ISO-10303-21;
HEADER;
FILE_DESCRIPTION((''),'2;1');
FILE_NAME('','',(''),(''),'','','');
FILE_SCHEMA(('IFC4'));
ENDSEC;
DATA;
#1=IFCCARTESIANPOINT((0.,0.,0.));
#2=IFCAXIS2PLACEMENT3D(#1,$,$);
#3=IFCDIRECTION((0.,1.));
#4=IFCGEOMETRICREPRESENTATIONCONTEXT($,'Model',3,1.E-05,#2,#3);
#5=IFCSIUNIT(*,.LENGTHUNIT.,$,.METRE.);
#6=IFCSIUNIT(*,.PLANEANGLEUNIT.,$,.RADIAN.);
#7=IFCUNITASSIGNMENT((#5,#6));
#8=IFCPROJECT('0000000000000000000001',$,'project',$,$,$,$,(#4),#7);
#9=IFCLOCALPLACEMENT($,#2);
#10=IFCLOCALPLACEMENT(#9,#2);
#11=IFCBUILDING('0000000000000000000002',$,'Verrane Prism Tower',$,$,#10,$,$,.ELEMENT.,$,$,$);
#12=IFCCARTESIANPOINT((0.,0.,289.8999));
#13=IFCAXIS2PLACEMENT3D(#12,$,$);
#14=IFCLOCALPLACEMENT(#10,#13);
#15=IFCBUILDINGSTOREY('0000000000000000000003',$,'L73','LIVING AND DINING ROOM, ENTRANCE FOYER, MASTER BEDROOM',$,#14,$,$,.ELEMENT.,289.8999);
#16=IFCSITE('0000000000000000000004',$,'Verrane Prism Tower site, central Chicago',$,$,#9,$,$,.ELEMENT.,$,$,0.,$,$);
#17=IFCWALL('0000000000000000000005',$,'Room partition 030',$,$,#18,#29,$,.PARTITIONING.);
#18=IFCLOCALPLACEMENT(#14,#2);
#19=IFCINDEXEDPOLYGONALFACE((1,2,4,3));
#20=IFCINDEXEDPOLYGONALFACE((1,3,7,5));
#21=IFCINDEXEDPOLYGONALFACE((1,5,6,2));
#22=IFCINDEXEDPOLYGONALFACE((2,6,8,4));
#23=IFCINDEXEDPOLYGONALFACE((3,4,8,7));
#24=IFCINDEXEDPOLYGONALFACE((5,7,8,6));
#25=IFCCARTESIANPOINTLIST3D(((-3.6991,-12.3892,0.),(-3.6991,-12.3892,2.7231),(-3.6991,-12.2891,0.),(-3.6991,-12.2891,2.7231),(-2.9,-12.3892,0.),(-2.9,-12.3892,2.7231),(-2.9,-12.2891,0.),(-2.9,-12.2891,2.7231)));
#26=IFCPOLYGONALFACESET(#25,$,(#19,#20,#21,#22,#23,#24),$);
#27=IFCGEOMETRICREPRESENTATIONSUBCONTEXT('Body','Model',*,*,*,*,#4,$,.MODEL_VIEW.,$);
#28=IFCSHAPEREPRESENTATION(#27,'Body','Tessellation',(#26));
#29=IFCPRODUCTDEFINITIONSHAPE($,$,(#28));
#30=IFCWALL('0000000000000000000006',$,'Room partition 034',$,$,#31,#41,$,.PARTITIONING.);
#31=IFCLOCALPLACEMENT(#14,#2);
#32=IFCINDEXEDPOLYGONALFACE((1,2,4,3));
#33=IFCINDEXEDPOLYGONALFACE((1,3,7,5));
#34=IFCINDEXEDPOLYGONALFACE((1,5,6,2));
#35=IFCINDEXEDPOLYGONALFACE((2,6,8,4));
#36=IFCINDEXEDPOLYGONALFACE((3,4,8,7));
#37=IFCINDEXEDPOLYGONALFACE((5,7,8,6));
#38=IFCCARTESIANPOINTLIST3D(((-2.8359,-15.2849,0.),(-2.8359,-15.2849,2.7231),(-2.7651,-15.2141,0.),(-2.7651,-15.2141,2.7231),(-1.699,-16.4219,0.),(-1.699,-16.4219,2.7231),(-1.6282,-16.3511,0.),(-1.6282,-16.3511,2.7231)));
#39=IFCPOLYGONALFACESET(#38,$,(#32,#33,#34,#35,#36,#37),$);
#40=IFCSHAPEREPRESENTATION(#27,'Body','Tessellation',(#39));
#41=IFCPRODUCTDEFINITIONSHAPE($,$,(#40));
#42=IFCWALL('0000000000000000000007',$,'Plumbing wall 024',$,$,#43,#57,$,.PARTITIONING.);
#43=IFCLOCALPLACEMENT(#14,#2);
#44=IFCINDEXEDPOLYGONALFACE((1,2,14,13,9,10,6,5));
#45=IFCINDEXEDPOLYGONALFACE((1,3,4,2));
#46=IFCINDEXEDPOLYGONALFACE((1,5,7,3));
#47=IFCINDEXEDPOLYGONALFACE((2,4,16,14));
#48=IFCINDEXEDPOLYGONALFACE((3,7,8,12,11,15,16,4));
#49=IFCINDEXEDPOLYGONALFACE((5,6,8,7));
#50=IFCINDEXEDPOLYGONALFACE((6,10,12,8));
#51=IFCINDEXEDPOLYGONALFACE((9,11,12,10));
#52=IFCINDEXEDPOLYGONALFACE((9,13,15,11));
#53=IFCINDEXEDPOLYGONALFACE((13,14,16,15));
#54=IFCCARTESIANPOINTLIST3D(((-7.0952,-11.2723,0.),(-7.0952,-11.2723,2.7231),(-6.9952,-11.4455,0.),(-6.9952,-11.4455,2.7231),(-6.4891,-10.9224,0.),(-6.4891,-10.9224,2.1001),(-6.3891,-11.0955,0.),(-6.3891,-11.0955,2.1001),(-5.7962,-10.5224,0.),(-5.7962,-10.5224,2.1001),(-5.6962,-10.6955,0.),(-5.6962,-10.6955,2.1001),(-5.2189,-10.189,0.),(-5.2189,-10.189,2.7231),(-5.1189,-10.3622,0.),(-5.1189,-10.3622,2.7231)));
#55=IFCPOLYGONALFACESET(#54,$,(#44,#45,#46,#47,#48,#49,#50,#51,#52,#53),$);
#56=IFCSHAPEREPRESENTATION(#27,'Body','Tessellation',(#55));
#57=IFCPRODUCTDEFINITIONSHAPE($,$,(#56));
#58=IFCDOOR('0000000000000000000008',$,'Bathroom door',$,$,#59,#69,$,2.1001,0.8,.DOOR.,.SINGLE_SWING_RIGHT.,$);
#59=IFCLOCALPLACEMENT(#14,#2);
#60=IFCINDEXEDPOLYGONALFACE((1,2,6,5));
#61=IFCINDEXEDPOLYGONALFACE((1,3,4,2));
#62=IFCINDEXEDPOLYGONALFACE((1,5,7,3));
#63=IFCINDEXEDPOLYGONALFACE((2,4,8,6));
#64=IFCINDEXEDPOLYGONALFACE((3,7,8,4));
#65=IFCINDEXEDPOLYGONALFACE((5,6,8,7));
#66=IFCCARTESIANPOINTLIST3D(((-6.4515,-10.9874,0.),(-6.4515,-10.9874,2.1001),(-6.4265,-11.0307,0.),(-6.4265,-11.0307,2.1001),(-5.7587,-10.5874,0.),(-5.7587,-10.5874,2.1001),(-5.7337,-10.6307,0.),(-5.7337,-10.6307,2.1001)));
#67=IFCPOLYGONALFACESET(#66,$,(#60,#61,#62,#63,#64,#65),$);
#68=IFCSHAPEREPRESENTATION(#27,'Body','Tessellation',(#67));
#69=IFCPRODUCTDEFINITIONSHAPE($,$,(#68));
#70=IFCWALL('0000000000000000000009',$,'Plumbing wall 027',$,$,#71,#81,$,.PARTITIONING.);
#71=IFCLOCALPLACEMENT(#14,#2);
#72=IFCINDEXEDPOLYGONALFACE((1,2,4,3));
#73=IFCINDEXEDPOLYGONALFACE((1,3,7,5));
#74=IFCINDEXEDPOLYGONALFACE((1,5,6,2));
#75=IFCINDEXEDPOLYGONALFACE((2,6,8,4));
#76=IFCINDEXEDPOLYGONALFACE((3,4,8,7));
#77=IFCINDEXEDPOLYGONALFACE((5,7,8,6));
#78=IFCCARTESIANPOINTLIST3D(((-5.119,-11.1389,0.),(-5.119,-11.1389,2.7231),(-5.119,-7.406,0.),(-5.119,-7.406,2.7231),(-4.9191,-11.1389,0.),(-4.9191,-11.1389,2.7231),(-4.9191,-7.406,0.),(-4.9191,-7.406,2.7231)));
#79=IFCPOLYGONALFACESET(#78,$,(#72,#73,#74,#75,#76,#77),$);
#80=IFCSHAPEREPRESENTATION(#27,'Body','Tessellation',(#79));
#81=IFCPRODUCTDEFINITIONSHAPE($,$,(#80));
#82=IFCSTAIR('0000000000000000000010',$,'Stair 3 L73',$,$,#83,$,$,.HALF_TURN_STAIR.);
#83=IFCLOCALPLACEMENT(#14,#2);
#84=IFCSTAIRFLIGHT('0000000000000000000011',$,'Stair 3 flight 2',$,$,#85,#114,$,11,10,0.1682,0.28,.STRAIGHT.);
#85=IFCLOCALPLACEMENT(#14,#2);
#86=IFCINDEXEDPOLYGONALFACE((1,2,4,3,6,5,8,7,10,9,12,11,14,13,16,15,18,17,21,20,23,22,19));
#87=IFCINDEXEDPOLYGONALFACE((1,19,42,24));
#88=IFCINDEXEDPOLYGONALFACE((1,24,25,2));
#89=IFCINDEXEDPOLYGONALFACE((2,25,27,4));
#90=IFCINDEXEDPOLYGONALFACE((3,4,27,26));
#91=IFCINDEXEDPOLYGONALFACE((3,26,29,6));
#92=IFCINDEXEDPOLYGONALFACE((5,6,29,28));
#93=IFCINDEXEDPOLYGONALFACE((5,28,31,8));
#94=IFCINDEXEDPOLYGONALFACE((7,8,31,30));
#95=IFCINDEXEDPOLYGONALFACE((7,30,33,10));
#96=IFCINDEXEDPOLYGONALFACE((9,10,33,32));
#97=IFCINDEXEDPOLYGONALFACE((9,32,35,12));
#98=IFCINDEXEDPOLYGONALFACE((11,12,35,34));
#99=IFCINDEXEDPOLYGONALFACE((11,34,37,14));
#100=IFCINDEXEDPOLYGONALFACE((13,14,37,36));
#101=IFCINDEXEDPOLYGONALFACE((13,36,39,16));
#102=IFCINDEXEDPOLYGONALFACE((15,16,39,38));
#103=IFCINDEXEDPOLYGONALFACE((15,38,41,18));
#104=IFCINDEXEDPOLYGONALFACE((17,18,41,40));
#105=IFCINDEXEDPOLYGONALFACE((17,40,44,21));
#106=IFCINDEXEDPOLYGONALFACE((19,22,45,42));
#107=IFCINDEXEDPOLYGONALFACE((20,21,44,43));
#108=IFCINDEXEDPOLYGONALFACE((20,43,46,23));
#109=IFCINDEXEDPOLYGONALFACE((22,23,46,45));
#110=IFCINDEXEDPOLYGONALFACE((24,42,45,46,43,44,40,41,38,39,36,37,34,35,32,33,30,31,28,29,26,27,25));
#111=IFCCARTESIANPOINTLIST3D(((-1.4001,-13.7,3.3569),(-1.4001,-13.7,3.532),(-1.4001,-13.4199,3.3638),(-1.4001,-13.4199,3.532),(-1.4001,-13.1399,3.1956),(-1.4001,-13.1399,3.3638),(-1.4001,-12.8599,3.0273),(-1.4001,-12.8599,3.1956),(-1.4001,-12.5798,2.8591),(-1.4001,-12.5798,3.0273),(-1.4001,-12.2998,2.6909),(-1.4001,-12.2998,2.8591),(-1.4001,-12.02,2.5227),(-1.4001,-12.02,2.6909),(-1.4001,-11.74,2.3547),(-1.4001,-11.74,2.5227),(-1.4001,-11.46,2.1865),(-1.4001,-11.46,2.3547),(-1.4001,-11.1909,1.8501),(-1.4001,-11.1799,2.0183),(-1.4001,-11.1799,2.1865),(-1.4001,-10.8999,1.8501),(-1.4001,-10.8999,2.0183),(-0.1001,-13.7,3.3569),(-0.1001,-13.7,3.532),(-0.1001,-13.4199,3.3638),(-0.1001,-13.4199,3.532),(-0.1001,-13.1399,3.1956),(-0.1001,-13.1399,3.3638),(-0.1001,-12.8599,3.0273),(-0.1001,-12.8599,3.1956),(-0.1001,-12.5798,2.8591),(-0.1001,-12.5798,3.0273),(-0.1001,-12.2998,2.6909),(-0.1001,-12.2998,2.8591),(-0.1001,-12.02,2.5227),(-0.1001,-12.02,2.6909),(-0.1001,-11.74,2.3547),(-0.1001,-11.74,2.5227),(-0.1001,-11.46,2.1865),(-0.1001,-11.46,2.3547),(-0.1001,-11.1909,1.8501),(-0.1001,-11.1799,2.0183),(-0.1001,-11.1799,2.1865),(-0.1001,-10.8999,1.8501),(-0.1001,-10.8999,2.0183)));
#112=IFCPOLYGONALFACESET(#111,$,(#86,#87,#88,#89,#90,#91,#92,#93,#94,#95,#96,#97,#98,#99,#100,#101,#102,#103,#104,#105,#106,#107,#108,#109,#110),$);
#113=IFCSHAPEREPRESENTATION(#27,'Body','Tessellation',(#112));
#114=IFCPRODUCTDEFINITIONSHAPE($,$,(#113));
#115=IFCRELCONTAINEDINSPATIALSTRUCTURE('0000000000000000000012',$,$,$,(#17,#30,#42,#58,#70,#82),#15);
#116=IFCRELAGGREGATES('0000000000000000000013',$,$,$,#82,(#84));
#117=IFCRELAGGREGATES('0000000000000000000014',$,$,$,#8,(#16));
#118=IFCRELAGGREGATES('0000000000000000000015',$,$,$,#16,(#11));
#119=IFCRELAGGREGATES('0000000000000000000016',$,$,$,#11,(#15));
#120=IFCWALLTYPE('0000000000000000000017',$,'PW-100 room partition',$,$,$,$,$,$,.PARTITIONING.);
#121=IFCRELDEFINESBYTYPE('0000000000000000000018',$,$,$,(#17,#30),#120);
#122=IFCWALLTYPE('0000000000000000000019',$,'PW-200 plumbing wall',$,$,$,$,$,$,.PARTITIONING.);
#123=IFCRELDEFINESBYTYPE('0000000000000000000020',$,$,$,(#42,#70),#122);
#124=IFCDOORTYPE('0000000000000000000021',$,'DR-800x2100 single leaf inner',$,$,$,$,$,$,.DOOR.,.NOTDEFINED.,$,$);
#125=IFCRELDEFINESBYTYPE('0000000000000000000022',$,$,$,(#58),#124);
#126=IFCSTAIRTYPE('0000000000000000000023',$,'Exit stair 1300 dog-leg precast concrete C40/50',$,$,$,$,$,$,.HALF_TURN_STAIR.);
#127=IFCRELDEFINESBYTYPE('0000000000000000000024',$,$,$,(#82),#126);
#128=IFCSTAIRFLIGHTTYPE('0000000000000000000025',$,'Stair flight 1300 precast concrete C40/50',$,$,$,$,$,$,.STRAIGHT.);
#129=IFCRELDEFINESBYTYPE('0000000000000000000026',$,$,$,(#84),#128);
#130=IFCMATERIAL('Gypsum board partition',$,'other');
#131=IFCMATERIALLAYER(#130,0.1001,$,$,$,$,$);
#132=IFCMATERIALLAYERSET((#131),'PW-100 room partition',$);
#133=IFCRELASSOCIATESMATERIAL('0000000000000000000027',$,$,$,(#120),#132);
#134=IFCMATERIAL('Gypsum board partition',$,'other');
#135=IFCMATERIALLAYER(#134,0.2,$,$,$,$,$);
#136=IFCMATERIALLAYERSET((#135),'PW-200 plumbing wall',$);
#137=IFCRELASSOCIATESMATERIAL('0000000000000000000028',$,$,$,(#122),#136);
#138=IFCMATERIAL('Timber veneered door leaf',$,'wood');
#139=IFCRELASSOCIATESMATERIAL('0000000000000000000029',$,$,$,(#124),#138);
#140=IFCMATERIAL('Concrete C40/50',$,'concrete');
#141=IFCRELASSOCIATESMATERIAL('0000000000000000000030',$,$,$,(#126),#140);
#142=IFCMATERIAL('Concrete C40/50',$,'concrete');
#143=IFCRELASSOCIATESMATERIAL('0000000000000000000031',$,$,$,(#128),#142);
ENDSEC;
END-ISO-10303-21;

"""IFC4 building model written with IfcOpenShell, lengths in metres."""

from ifc_helpers import new_model, si_unit, direction, frame, frame_2d, origin, place, context, subcontext, project, spatial, polyline, rectangle, outline, extrude, material, layer, layer_set, type_object, element, fill, aggregate, save


model = new_model("IFC4")

# Units and contexts
model_context = context("Model", 3, precision=1e-05, world=origin(), true_north=direction((0.0, 1.0)))
body_context = subcontext(model_context, "Body", "Model", "MODEL_VIEW")
ifc_project = project(units=[si_unit("LENGTHUNIT", "METRE"), si_unit("PLANEANGLEUNIT", "RADIAN")], contexts=[model_context])

# Site, building, storey
site_placement = place(None, origin())
site = spatial("IfcSite", under=ifc_project, at=site_placement, Name="Verrane Prism Tower site, central Chicago", CompositionType="ELEMENT", RefElevation=0.0)
building_placement = place(site_placement, origin())
building = spatial("IfcBuilding", under=site, at=building_placement, Name="Verrane Prism Tower", CompositionType="ELEMENT")
storey_placement = place(building_placement, frame((0.0, 0.0, 289.8999)))
storey = spatial("IfcBuildingStorey", under=building, at=storey_placement, Name="L73", Description="LIVING AND DINING ROOM, ENTRANCE FOYER, MASTER BEDROOM", CompositionType="ELEMENT", Elevation=289.8999)

# Walls
ifc_material_1 = material(Name="Gypsum board partition", Category="other")
ifc_layer_1 = layer(ifc_material_1, 0.1001)
ifc_layer_set_1 = layer_set([ifc_layer_1], Name="PW-100 room partition")
wall_type_1 = type_object("IfcWallType", Name="PW-100 room partition", PredefinedType="PARTITIONING", material=ifc_layer_set_1)
wall_1_placement = place(storey_placement, frame((-3.699, -12.3391, 0.0), z_axis=(0.0, 0.0, 1.0), x_axis=(1.0, 0.0, 0.0)))
element("IfcWall", 1, at=wall_1_placement, inside=storey, type_object=wall_type_1, Name="Room partition 030", PredefinedType="PARTITIONING", context=body_context, shape_type="SweptSolid", body=[
    extrude(rectangle(XDim=0.7991, YDim=0.1001, at=frame_2d((0.3994, 0.0))), origin(), (0.0, 0.0, 1.0), 2.7231),
])
wall_2_placement = place(storey_placement, frame((-2.8005, -15.2495, 0.0), z_axis=(0.0, 0.0, 1.0), x_axis=(0.707107, -0.707107, 0.0)))
element("IfcWall", 2, at=wall_2_placement, inside=storey, type_object=wall_type_1, Name="Room partition 034", PredefinedType="PARTITIONING", context=body_context, shape_type="SweptSolid", body=[
    extrude(rectangle(XDim=1.6079, YDim=0.1001, at=frame_2d((0.804, 0.0))), origin(), (0.0, 0.0, 1.0), 2.7231),
])

# Wall, opening, door
ifc_material_2 = material(Name="Gypsum board partition", Category="other")
ifc_layer_2 = layer(ifc_material_2, 0.2)
ifc_layer_set_2 = layer_set([ifc_layer_2], Name="PW-200 plumbing wall")
wall_type_2 = type_object("IfcWallType", Name="PW-200 plumbing wall", PredefinedType="PARTITIONING", material=ifc_layer_set_2)
wall_3_placement = place(storey_placement, frame((-7.0452, -11.3589, 0.0), z_axis=(0.0, 0.0, 1.0), x_axis=(0.866022, 0.500005, 0.0)))
wall_3 = element("IfcWall", 3, at=wall_3_placement, inside=storey, type_object=wall_type_2, Name="Plumbing wall 024", PredefinedType="PARTITIONING", context=body_context, shape_type="SweptSolid", body=[
    extrude(rectangle(XDim=2.1665, YDim=0.2, at=frame_2d((1.0833, 0.0))), origin(), (0.0, 0.0, 1.0), 2.7231),
])
opening_1_placement = place(wall_3_placement, frame((0.7, 0.0, 0.0)))
opening_1 = element("IfcOpeningElement", 4, at=opening_1_placement, cuts=wall_3, PredefinedType="OPENING", context=body_context, shape_type="SweptSolid", body=[
    extrude(rectangle(XDim=0.8, YDim=2.1001, at=frame_2d((0.3999, 1.05))), frame((0.0, 0.1099, 0.0), z_axis=(0.0, -1.0, 0.0), x_axis=(1.0, 0.0, 0.0)), (0.0, 0.0, 1.0), 0.22),
])
ifc_material_3 = material(Name="Timber veneered door leaf", Category="wood")
door_type_1 = type_object("IfcDoorType", Name="DR-800x2100 single leaf inner", OperationType="NOTDEFINED", PredefinedType="DOOR", material=ifc_material_3)
door_1_placement = place(opening_1_placement, origin())
door_1 = element("IfcDoor", 5, at=door_1_placement, inside=storey, type_object=door_type_1, Name="Bathroom door", OperationType="SINGLE_SWING_RIGHT", OverallHeight=2.1001, OverallWidth=0.8, PredefinedType="DOOR", context=body_context, shape_type="SweptSolid", body=[
    extrude(rectangle(XDim=0.8, YDim=2.1001, at=frame_2d((0.3999, 1.05))), frame((0.0, 0.0249, 0.0), z_axis=(0.0, -1.0, 0.0), x_axis=(1.0, 0.0, 0.0)), (0.0, 0.0, 1.0), 0.05),
])
fill(opening_1, door_1)

# Wall
wall_4_placement = place(storey_placement, frame((-5.019, -11.1389, 0.0), z_axis=(0.0, 0.0, 1.0), x_axis=(0.0, 1.0, 0.0)))
element("IfcWall", 6, at=wall_4_placement, inside=storey, type_object=wall_type_2, Name="Plumbing wall 027", PredefinedType="PARTITIONING", context=body_context, shape_type="SweptSolid", body=[
    extrude(rectangle(XDim=3.7329, YDim=0.2, at=frame_2d((1.8665, 0.0))), origin(), (0.0, 0.0, 1.0), 2.7231),
])

# Stair, stair flight
ifc_material_4 = material(Name="Concrete C40/50", Category="concrete")
stair_type = type_object("IfcStairType", Name="Exit stair 1300 dog-leg precast concrete C40/50", PredefinedType="HALF_TURN_STAIR", material=ifc_material_4)
stair_placement = place(storey_placement, origin())
stair = element("IfcStair", 7, at=stair_placement, inside=storey, type_object=stair_type, Name="Stair 3 L73", PredefinedType="HALF_TURN_STAIR")
ifc_material_5 = material(Name="Concrete C40/50", Category="concrete")
stair_flight_type = type_object("IfcStairFlightType", Name="Stair flight 1300 precast concrete C40/50", PredefinedType="STRAIGHT", material=ifc_material_5)
stair_flight_placement = place(storey_placement, frame((-0.75, -10.8999, 1.8501), z_axis=(0.0, 0.0, 1.0), x_axis=(0.0, -1.0, 0.0)))
stair_flight = element("IfcStairFlight", 8, at=stair_flight_placement, type_object=stair_flight_type, Name="Stair 3 flight 2", NumberOfRisers=11, NumberOfTreads=10, PredefinedType="STRAIGHT", RiserHeight=0.1682, TreadLength=0.28, context=body_context, shape_type="SweptSolid", body=[
    extrude(outline(polyline([(0.0, 0.0), (0.0, 0.1682), (0.28, 0.1682), (0.28, 0.3364), (0.5601, 0.3364), (0.5601, 0.5046), (0.8401, 0.5046), (0.8401, 0.6726), (1.1201, 0.6726), (1.1201, 0.8408), (1.3999, 0.8408), (1.3999, 1.009), (1.6799, 1.009), (1.6799, 1.1772), (1.96, 1.1772), (1.96, 1.3455), (2.24, 1.3455), (2.24, 1.5137), (2.52, 1.5137), (2.52, 1.6819), (2.8, 1.6819), (2.8, 1.8501), (2.8, 1.5068), (0.291, 0.0), (0.0, 0.0)])), frame((0.0, 0.6499, 0.0), z_axis=(0.0, -1.0, 0.0), x_axis=(1.0, 0.0, 0.0)), (0.0, 0.0, 1.0), 1.3),
])
aggregate(stair, [stair_flight])

save(model, "model.ifc")
